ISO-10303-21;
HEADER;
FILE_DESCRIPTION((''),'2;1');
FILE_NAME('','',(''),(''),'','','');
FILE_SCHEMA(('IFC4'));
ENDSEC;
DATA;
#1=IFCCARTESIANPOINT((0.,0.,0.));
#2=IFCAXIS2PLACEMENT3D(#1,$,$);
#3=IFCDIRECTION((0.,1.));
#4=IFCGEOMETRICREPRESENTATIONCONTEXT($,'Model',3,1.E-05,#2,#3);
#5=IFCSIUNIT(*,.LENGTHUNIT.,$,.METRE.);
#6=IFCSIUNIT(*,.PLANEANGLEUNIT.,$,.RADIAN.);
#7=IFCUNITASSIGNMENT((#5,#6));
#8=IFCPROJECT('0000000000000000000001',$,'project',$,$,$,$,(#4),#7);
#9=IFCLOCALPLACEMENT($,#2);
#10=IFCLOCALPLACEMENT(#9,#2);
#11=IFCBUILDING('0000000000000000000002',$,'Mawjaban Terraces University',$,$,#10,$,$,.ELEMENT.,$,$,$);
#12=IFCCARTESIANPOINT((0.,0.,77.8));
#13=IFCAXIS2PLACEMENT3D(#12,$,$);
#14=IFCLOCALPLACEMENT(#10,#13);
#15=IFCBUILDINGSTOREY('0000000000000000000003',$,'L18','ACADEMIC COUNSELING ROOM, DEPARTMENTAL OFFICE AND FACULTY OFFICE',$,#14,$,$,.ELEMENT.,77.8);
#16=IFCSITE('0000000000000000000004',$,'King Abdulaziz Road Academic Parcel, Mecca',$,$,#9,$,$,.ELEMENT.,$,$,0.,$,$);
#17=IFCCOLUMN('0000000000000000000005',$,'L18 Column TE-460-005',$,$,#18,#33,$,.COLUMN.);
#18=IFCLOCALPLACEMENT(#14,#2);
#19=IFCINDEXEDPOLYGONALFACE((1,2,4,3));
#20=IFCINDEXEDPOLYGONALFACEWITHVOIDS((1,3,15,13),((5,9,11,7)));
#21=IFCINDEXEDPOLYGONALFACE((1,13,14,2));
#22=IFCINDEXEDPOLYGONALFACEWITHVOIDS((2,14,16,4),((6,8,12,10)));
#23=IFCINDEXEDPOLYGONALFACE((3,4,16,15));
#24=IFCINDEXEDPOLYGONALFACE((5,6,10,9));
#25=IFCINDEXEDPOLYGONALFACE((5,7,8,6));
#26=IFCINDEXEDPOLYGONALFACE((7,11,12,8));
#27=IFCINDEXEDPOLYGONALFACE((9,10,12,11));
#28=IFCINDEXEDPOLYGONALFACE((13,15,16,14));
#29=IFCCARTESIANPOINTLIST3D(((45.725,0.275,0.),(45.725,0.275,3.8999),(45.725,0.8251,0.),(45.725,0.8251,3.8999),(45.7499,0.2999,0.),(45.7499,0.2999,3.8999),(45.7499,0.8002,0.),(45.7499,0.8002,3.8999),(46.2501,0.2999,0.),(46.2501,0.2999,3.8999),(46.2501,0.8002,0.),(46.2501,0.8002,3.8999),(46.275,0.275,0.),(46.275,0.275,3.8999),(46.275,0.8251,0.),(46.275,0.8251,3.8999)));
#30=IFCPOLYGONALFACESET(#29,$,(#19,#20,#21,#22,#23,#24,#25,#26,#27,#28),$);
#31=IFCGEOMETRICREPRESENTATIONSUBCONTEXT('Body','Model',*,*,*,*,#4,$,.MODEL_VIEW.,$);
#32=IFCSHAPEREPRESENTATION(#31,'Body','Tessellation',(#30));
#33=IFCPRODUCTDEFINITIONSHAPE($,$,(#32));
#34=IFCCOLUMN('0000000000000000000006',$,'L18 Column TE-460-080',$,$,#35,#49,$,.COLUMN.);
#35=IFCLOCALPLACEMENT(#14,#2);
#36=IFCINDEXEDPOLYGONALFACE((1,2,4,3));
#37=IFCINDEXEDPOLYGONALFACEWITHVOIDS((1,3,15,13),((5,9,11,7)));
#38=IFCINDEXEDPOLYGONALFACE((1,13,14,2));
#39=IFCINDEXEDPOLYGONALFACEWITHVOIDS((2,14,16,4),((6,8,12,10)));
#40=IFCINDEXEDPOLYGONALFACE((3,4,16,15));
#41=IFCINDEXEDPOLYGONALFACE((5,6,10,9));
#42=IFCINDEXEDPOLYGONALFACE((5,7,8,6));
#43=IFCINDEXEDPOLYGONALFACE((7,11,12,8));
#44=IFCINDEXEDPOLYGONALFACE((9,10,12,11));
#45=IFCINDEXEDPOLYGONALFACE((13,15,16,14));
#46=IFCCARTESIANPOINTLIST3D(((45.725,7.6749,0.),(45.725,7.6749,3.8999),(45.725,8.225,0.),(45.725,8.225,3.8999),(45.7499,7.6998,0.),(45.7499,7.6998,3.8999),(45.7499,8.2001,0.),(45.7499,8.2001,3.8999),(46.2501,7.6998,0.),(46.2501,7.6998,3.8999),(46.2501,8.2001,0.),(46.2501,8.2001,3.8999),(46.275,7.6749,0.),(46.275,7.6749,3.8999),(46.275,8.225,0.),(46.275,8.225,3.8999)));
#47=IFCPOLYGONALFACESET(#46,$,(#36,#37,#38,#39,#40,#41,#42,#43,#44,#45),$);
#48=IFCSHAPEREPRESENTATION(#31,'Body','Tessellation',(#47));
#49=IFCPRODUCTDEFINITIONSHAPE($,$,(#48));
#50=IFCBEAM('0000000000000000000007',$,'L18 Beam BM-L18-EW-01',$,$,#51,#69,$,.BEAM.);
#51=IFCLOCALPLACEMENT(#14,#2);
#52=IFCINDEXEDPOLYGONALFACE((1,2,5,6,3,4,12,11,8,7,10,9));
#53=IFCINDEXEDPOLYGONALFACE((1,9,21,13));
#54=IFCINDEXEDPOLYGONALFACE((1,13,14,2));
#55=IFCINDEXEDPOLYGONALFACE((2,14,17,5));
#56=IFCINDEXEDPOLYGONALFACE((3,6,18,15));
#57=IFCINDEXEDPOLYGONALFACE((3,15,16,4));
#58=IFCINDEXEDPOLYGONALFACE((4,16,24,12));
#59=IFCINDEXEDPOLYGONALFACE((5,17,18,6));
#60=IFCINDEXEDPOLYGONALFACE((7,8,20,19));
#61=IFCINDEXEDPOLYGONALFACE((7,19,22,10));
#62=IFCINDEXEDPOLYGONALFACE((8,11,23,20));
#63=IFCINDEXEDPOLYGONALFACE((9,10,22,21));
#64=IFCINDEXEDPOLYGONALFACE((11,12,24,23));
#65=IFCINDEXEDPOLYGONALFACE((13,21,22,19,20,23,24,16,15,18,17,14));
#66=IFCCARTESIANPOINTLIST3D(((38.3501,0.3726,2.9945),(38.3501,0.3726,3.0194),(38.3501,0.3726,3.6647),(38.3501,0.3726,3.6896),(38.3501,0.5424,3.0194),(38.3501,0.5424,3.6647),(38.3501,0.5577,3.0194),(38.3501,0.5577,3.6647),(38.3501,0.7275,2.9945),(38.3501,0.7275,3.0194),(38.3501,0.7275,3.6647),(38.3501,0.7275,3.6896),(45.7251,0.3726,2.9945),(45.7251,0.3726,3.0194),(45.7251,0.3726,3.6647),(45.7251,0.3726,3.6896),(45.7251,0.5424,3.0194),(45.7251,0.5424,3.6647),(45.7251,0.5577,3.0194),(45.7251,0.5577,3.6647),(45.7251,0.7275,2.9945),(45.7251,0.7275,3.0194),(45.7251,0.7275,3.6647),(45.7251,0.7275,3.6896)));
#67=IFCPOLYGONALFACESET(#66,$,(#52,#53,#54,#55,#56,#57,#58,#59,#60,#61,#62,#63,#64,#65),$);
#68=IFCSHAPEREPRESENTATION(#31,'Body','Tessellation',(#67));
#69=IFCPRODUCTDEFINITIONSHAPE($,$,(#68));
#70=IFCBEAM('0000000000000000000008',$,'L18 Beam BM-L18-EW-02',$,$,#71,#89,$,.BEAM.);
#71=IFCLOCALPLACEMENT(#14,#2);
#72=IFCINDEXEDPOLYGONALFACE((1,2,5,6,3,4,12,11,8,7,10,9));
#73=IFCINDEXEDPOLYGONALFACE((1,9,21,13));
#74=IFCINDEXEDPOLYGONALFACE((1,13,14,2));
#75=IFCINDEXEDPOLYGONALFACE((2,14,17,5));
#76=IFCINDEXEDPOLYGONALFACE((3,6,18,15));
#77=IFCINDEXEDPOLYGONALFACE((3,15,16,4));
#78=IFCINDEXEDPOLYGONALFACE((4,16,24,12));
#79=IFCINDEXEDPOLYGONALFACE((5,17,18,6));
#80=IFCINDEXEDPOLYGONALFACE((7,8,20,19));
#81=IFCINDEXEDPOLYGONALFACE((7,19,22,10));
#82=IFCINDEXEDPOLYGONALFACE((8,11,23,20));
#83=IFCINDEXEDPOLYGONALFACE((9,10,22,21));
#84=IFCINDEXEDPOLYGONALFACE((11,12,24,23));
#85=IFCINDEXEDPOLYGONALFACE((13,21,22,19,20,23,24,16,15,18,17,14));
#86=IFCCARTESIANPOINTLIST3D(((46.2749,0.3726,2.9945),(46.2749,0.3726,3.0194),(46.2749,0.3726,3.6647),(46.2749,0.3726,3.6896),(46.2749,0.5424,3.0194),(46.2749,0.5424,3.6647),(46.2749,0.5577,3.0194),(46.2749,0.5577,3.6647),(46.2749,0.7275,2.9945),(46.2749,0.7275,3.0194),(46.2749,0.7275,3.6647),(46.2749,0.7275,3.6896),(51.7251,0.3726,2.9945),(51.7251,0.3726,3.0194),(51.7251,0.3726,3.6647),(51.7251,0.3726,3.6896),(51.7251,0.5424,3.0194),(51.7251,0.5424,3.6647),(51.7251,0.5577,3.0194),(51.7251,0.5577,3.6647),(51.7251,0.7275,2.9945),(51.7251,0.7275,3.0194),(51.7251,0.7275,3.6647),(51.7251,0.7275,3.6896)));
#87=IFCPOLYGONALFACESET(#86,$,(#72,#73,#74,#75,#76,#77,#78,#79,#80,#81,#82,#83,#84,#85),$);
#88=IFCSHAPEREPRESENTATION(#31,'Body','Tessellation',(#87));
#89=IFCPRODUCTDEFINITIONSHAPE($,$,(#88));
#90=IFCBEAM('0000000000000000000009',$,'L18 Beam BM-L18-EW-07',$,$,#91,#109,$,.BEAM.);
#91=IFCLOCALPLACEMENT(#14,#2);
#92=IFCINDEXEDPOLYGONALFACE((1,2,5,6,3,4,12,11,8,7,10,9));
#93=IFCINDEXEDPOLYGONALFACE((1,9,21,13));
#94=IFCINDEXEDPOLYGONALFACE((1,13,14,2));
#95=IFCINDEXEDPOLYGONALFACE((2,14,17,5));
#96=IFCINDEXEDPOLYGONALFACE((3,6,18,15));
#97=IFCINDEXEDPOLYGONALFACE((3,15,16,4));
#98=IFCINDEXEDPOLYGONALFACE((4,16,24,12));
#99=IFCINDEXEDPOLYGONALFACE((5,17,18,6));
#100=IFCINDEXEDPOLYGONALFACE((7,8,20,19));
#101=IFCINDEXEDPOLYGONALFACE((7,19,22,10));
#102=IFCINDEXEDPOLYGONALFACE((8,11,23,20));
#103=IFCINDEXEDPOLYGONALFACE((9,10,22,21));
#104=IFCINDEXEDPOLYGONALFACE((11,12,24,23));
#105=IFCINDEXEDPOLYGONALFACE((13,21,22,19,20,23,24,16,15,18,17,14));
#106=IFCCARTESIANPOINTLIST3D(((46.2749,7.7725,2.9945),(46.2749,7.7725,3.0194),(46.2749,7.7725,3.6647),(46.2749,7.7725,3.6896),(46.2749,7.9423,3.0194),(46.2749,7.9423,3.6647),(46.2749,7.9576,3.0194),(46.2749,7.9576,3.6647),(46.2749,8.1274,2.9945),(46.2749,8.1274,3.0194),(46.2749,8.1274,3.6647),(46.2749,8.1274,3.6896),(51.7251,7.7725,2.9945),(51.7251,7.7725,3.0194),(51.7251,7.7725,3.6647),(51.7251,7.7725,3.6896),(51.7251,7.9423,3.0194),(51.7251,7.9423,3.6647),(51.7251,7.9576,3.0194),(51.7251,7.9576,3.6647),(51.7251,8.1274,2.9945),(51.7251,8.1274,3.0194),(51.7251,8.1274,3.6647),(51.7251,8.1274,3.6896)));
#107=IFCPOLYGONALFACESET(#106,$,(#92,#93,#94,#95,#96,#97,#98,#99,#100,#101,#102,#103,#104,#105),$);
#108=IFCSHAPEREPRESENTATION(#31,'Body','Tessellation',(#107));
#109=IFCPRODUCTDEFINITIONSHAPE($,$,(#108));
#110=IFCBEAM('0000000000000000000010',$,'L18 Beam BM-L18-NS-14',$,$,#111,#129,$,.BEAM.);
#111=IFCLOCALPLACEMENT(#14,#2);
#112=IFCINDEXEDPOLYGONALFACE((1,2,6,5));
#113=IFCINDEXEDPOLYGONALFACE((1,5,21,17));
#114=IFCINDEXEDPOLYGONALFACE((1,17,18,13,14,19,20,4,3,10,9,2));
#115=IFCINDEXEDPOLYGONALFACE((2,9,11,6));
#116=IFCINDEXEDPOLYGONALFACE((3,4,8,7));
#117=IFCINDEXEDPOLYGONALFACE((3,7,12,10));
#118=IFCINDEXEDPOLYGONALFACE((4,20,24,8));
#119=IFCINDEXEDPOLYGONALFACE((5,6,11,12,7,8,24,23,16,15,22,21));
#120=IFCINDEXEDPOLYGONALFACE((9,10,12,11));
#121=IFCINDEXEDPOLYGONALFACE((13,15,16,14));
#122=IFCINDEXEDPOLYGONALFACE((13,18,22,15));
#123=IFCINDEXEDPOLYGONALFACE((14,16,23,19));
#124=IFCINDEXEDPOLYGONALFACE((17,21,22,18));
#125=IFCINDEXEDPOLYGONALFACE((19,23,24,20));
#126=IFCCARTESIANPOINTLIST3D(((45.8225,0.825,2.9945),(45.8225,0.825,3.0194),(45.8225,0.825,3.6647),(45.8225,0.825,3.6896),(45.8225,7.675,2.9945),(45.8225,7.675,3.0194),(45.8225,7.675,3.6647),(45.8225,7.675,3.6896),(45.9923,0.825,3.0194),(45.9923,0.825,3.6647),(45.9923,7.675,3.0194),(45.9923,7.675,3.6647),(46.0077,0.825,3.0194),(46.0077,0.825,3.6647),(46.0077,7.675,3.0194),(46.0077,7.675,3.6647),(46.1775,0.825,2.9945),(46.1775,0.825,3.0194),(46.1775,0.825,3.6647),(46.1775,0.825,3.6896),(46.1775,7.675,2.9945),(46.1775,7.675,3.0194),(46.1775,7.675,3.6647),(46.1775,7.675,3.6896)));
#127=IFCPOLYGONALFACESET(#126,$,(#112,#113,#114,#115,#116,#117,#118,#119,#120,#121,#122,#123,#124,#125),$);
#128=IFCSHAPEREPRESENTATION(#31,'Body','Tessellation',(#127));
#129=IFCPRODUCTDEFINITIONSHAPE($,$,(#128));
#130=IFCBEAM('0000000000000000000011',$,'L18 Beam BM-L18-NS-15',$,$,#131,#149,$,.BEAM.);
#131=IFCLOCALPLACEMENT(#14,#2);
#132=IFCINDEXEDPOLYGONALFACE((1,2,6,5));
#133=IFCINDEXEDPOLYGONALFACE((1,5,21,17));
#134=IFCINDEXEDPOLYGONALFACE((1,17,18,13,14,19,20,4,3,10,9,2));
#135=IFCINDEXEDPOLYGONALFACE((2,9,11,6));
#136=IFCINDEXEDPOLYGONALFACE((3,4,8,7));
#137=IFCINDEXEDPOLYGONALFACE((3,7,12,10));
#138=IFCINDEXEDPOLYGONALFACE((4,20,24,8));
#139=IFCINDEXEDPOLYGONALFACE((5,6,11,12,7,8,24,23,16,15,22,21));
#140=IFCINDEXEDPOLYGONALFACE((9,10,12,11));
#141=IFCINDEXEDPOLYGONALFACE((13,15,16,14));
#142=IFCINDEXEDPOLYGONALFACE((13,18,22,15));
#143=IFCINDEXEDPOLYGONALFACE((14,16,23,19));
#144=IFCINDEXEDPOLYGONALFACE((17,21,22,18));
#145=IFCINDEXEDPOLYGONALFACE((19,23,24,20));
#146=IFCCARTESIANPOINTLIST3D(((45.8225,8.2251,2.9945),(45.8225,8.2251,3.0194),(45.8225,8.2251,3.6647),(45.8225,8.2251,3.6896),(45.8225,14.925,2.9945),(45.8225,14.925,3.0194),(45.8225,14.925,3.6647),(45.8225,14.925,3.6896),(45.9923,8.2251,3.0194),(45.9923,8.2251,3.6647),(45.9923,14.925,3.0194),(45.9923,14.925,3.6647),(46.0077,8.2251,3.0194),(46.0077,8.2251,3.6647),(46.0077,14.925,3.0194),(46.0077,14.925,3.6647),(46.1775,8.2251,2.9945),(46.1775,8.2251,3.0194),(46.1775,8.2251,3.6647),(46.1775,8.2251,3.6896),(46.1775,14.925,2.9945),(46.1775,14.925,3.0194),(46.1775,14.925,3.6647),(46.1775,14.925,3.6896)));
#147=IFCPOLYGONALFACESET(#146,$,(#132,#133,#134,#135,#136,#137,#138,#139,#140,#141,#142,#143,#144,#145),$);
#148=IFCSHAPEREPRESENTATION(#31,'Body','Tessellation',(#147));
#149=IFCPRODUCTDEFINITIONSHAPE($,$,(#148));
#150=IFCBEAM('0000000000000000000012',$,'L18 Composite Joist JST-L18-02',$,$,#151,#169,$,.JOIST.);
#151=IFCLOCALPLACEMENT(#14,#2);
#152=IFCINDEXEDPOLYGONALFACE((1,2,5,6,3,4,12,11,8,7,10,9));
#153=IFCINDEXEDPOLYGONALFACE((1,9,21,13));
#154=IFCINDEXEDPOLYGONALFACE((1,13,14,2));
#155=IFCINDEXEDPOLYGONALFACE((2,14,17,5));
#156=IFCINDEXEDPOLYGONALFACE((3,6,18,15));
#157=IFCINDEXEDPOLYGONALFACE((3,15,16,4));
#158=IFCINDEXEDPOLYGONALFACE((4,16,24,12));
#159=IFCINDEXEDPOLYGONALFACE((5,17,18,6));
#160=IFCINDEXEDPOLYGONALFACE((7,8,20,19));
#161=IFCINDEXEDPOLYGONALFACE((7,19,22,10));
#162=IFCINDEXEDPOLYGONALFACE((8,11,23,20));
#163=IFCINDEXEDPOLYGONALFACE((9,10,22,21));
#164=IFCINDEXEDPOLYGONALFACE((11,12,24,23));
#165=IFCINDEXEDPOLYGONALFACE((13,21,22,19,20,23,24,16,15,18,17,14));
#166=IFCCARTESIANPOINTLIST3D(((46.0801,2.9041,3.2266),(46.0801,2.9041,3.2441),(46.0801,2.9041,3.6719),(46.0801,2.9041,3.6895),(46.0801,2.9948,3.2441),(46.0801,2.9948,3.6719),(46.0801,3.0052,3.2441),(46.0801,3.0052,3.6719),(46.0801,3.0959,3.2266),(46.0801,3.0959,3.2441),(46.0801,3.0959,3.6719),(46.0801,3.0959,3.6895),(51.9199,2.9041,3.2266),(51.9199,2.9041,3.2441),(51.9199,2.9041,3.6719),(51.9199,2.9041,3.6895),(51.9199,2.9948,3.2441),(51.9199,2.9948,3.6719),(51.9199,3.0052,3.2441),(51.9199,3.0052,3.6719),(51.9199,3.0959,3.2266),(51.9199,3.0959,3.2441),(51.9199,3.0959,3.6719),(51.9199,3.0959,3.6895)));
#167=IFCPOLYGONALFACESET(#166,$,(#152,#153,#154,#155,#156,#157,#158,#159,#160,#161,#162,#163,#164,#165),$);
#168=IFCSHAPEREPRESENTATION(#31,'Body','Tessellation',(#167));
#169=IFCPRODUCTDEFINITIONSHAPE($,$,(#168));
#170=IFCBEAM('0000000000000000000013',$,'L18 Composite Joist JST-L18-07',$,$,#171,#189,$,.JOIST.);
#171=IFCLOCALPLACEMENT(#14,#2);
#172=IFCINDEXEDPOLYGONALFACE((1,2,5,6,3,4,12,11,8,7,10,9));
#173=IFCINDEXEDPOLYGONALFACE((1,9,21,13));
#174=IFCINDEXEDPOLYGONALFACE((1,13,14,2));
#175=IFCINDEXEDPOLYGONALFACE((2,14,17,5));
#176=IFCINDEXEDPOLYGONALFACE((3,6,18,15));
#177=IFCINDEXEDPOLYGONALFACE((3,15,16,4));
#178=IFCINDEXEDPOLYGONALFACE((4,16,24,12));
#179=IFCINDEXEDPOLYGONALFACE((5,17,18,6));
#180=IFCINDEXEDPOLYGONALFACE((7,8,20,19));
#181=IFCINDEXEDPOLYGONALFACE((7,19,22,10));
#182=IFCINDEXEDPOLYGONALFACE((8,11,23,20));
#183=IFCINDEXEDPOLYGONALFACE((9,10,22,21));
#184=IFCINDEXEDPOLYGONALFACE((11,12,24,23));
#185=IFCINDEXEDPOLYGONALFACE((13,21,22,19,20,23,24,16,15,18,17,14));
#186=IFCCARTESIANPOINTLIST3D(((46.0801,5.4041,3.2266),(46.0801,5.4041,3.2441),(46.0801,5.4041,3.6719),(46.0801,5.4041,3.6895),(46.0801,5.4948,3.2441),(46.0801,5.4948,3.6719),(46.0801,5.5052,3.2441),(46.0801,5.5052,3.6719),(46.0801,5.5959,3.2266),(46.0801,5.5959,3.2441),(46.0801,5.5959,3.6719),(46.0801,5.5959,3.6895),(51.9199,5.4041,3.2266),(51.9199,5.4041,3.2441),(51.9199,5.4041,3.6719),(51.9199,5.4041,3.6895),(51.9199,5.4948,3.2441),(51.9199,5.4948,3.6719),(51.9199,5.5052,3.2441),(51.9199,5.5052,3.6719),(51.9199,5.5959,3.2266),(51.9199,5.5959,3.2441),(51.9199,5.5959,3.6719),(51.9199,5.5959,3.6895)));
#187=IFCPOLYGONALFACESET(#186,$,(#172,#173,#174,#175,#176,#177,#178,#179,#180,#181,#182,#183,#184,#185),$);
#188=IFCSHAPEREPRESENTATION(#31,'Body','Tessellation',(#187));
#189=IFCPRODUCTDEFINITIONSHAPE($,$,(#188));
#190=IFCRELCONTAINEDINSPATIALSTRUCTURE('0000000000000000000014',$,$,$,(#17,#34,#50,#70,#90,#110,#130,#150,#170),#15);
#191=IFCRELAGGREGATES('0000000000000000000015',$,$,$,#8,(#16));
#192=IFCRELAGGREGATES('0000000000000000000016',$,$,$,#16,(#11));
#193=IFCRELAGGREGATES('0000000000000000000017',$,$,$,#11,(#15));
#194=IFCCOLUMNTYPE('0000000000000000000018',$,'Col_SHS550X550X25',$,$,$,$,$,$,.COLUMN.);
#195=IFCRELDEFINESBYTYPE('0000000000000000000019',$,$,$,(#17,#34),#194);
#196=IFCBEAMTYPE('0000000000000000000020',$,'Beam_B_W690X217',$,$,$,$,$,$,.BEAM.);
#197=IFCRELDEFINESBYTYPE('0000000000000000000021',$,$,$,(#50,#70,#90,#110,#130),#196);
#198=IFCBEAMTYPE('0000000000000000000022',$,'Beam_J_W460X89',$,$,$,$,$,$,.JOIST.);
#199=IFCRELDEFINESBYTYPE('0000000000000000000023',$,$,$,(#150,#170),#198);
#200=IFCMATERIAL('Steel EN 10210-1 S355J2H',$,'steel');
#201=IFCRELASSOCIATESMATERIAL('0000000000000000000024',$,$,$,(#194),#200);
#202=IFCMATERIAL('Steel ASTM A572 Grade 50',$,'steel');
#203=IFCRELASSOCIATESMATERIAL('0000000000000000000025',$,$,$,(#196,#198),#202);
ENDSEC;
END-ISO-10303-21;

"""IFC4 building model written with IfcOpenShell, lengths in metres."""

from ifc_helpers import new_model, si_unit, direction, frame, origin, origin_2d, place, context, subcontext, project, spatial, hollow_rectangle, i_section, extrude, material, material_profile, profile_set, type_object, element, save


model = new_model("IFC4")

# Units and contexts
model_context = context("Model", 3, precision=1e-05, world=origin(), true_north=direction((0.0, 1.0)))
body_context = subcontext(model_context, "Body", "Model", "MODEL_VIEW")
ifc_project = project(units=[si_unit("LENGTHUNIT", "METRE"), si_unit("PLANEANGLEUNIT", "RADIAN")], contexts=[model_context])

# Site, building, storey
site_placement = place(None, origin())
site = spatial("IfcSite", under=ifc_project, at=site_placement, Name="King Abdulaziz Road Academic Parcel, Mecca", CompositionType="ELEMENT", RefElevation=0.0)
building_placement = place(site_placement, origin())
building = spatial("IfcBuilding", under=site, at=building_placement, Name="Mawjaban Terraces University", CompositionType="ELEMENT")
storey_placement = place(building_placement, frame((0.0, 0.0, 77.8)))
storey = spatial("IfcBuildingStorey", under=building, at=storey_placement, Name="L18", Description="ACADEMIC COUNSELING ROOM, DEPARTMENTAL OFFICE AND FACULTY OFFICE", CompositionType="ELEMENT", Elevation=77.8)

# Columns
ifc_material_1 = material(Name="Steel EN 10210-1 S355J2H", Category="steel")
ifc_material_profile_1 = material_profile(ifc_material_1, hollow_rectangle(XDim=0.55, YDim=0.55, WallThickness=0.0249, at=origin_2d()), Name="SHS550X550X25")
ifc_profile_set_1 = profile_set([ifc_material_profile_1], Name="Steel EN 10210-1 S355J2H")
column_type = type_object("IfcColumnType", Name="Col_SHS550X550X25", PredefinedType="COLUMN", material=ifc_profile_set_1)
for number, where, z_axis, x_axis, name in (
    (1, (46.0, 0.55, 0.0), (0.0, 0.0, 1.0), (1.0, 0.0, 0.0), "L18 Column TE-460-005"),
    (2, (46.0, 7.95, 0.0), (0.0, 0.0, 1.0), (1.0, 0.0, 0.0), "L18 Column TE-460-080"),
):
    element("IfcColumn", number, at=place(storey_placement, frame(where, z_axis=z_axis, x_axis=x_axis)), inside=storey, type_object=column_type, Name=name, PredefinedType="COLUMN", context=body_context, shape_type="SweptSolid", body=[
        extrude(hollow_rectangle(XDim=0.55, YDim=0.55, WallThickness=0.0249, at=origin_2d()), origin(), (0.0, 0.0, 1.0), 3.8999),
    ])

# Beams
ifc_material_2 = material(Name="Steel ASTM A572 Grade 50", Category="steel")
ifc_material_profile_2 = material_profile(ifc_material_2, i_section(OverallWidth=0.355, OverallDepth=0.6951, WebThickness=0.0154, FlangeThickness=0.0249, at=origin_2d()), Name="W690X217")
ifc_profile_set_2 = profile_set([ifc_material_profile_2], Name="Steel ASTM A572 Grade 50")
beam_type_1 = type_object("IfcBeamType", Name="Beam_B_W690X217", PredefinedType="BEAM", material=ifc_profile_set_2)
beam_1_placement = place(storey_placement, frame((38.3501, 0.55, 3.342), z_axis=(1.0, 0.0, 0.0), x_axis=(0.0, 1.0, 0.0)))
element("IfcBeam", 3, at=beam_1_placement, inside=storey, type_object=beam_type_1, Name="L18 Beam BM-L18-EW-01", PredefinedType="BEAM", context=body_context, shape_type="SweptSolid", body=[
    extrude(i_section(OverallWidth=0.355, OverallDepth=0.6951, WebThickness=0.0154, FlangeThickness=0.0249, at=origin_2d()), origin(), (0.0, 0.0, 1.0), 7.375),
])
for number, where, z_axis, x_axis, name in (
    (4, (46.2749, 0.55, 3.342), (1.0, 0.0, 0.0), (0.0, 1.0, 0.0), "L18 Beam BM-L18-EW-02"),
    (5, (46.2749, 7.95, 3.342), (1.0, 0.0, 0.0), (0.0, 1.0, 0.0), "L18 Beam BM-L18-EW-07"),
):
    element("IfcBeam", number, at=place(storey_placement, frame(where, z_axis=z_axis, x_axis=x_axis)), inside=storey, type_object=beam_type_1, Name=name, PredefinedType="BEAM", context=body_context, shape_type="SweptSolid", body=[
        extrude(i_section(OverallWidth=0.355, OverallDepth=0.6951, WebThickness=0.0154, FlangeThickness=0.0249, at=origin_2d()), origin(), (0.0, 0.0, 1.0), 5.4502),
    ])
beam_2_placement = place(storey_placement, frame((46.0, 0.825, 3.342), z_axis=(0.0, 1.0, 0.0), x_axis=(-1.0, 0.0, 0.0)))
element("IfcBeam", 6, at=beam_2_placement, inside=storey, type_object=beam_type_1, Name="L18 Beam BM-L18-NS-14", PredefinedType="BEAM", context=body_context, shape_type="SweptSolid", body=[
    extrude(i_section(OverallWidth=0.355, OverallDepth=0.6951, WebThickness=0.0154, FlangeThickness=0.0249, at=origin_2d()), origin(), (0.0, 0.0, 1.0), 6.8501),
])
beam_3_placement = place(storey_placement, frame((46.0, 8.2251, 3.342), z_axis=(0.0, 1.0, 0.0), x_axis=(-1.0, 0.0, 0.0)))
element("IfcBeam", 7, at=beam_3_placement, inside=storey, type_object=beam_type_1, Name="L18 Beam BM-L18-NS-15", PredefinedType="BEAM", context=body_context, shape_type="SweptSolid", body=[
    extrude(i_section(OverallWidth=0.355, OverallDepth=0.6951, WebThickness=0.0154, FlangeThickness=0.0249, at=origin_2d()), origin(), (0.0, 0.0, 1.0), 6.7),
])
ifc_material_profile_3 = material_profile(ifc_material_2, i_section(OverallWidth=0.1919, OverallDepth=0.4629, WebThickness=0.0105, FlangeThickness=0.0176, at=origin_2d()), Name="W460X89")
ifc_profile_set_3 = profile_set([ifc_material_profile_3], Name="Steel ASTM A572 Grade 50")
beam_type_2 = type_object("IfcBeamType", Name="Beam_J_W460X89", PredefinedType="JOIST", material=ifc_profile_set_3)
for number, where, z_axis, x_axis, name in (
    (8, (46.0801, 3.0, 3.458), (1.0, 0.0, 0.0), (0.0, 1.0, 0.0), "L18 Composite Joist JST-L18-02"),
    (9, (46.0801, 5.5, 3.458), (1.0, 0.0, 0.0), (0.0, 1.0, 0.0), "L18 Composite Joist JST-L18-07"),
):
    element("IfcBeam", number, at=place(storey_placement, frame(where, z_axis=z_axis, x_axis=x_axis)), inside=storey, type_object=beam_type_2, Name=name, PredefinedType="JOIST", context=body_context, shape_type="SweptSolid", body=[
        extrude(i_section(OverallWidth=0.1919, OverallDepth=0.4629, WebThickness=0.0105, FlangeThickness=0.0176, at=origin_2d()), origin(), (0.0, 0.0, 1.0), 5.8398),
    ])

save(model, "model.ifc")
